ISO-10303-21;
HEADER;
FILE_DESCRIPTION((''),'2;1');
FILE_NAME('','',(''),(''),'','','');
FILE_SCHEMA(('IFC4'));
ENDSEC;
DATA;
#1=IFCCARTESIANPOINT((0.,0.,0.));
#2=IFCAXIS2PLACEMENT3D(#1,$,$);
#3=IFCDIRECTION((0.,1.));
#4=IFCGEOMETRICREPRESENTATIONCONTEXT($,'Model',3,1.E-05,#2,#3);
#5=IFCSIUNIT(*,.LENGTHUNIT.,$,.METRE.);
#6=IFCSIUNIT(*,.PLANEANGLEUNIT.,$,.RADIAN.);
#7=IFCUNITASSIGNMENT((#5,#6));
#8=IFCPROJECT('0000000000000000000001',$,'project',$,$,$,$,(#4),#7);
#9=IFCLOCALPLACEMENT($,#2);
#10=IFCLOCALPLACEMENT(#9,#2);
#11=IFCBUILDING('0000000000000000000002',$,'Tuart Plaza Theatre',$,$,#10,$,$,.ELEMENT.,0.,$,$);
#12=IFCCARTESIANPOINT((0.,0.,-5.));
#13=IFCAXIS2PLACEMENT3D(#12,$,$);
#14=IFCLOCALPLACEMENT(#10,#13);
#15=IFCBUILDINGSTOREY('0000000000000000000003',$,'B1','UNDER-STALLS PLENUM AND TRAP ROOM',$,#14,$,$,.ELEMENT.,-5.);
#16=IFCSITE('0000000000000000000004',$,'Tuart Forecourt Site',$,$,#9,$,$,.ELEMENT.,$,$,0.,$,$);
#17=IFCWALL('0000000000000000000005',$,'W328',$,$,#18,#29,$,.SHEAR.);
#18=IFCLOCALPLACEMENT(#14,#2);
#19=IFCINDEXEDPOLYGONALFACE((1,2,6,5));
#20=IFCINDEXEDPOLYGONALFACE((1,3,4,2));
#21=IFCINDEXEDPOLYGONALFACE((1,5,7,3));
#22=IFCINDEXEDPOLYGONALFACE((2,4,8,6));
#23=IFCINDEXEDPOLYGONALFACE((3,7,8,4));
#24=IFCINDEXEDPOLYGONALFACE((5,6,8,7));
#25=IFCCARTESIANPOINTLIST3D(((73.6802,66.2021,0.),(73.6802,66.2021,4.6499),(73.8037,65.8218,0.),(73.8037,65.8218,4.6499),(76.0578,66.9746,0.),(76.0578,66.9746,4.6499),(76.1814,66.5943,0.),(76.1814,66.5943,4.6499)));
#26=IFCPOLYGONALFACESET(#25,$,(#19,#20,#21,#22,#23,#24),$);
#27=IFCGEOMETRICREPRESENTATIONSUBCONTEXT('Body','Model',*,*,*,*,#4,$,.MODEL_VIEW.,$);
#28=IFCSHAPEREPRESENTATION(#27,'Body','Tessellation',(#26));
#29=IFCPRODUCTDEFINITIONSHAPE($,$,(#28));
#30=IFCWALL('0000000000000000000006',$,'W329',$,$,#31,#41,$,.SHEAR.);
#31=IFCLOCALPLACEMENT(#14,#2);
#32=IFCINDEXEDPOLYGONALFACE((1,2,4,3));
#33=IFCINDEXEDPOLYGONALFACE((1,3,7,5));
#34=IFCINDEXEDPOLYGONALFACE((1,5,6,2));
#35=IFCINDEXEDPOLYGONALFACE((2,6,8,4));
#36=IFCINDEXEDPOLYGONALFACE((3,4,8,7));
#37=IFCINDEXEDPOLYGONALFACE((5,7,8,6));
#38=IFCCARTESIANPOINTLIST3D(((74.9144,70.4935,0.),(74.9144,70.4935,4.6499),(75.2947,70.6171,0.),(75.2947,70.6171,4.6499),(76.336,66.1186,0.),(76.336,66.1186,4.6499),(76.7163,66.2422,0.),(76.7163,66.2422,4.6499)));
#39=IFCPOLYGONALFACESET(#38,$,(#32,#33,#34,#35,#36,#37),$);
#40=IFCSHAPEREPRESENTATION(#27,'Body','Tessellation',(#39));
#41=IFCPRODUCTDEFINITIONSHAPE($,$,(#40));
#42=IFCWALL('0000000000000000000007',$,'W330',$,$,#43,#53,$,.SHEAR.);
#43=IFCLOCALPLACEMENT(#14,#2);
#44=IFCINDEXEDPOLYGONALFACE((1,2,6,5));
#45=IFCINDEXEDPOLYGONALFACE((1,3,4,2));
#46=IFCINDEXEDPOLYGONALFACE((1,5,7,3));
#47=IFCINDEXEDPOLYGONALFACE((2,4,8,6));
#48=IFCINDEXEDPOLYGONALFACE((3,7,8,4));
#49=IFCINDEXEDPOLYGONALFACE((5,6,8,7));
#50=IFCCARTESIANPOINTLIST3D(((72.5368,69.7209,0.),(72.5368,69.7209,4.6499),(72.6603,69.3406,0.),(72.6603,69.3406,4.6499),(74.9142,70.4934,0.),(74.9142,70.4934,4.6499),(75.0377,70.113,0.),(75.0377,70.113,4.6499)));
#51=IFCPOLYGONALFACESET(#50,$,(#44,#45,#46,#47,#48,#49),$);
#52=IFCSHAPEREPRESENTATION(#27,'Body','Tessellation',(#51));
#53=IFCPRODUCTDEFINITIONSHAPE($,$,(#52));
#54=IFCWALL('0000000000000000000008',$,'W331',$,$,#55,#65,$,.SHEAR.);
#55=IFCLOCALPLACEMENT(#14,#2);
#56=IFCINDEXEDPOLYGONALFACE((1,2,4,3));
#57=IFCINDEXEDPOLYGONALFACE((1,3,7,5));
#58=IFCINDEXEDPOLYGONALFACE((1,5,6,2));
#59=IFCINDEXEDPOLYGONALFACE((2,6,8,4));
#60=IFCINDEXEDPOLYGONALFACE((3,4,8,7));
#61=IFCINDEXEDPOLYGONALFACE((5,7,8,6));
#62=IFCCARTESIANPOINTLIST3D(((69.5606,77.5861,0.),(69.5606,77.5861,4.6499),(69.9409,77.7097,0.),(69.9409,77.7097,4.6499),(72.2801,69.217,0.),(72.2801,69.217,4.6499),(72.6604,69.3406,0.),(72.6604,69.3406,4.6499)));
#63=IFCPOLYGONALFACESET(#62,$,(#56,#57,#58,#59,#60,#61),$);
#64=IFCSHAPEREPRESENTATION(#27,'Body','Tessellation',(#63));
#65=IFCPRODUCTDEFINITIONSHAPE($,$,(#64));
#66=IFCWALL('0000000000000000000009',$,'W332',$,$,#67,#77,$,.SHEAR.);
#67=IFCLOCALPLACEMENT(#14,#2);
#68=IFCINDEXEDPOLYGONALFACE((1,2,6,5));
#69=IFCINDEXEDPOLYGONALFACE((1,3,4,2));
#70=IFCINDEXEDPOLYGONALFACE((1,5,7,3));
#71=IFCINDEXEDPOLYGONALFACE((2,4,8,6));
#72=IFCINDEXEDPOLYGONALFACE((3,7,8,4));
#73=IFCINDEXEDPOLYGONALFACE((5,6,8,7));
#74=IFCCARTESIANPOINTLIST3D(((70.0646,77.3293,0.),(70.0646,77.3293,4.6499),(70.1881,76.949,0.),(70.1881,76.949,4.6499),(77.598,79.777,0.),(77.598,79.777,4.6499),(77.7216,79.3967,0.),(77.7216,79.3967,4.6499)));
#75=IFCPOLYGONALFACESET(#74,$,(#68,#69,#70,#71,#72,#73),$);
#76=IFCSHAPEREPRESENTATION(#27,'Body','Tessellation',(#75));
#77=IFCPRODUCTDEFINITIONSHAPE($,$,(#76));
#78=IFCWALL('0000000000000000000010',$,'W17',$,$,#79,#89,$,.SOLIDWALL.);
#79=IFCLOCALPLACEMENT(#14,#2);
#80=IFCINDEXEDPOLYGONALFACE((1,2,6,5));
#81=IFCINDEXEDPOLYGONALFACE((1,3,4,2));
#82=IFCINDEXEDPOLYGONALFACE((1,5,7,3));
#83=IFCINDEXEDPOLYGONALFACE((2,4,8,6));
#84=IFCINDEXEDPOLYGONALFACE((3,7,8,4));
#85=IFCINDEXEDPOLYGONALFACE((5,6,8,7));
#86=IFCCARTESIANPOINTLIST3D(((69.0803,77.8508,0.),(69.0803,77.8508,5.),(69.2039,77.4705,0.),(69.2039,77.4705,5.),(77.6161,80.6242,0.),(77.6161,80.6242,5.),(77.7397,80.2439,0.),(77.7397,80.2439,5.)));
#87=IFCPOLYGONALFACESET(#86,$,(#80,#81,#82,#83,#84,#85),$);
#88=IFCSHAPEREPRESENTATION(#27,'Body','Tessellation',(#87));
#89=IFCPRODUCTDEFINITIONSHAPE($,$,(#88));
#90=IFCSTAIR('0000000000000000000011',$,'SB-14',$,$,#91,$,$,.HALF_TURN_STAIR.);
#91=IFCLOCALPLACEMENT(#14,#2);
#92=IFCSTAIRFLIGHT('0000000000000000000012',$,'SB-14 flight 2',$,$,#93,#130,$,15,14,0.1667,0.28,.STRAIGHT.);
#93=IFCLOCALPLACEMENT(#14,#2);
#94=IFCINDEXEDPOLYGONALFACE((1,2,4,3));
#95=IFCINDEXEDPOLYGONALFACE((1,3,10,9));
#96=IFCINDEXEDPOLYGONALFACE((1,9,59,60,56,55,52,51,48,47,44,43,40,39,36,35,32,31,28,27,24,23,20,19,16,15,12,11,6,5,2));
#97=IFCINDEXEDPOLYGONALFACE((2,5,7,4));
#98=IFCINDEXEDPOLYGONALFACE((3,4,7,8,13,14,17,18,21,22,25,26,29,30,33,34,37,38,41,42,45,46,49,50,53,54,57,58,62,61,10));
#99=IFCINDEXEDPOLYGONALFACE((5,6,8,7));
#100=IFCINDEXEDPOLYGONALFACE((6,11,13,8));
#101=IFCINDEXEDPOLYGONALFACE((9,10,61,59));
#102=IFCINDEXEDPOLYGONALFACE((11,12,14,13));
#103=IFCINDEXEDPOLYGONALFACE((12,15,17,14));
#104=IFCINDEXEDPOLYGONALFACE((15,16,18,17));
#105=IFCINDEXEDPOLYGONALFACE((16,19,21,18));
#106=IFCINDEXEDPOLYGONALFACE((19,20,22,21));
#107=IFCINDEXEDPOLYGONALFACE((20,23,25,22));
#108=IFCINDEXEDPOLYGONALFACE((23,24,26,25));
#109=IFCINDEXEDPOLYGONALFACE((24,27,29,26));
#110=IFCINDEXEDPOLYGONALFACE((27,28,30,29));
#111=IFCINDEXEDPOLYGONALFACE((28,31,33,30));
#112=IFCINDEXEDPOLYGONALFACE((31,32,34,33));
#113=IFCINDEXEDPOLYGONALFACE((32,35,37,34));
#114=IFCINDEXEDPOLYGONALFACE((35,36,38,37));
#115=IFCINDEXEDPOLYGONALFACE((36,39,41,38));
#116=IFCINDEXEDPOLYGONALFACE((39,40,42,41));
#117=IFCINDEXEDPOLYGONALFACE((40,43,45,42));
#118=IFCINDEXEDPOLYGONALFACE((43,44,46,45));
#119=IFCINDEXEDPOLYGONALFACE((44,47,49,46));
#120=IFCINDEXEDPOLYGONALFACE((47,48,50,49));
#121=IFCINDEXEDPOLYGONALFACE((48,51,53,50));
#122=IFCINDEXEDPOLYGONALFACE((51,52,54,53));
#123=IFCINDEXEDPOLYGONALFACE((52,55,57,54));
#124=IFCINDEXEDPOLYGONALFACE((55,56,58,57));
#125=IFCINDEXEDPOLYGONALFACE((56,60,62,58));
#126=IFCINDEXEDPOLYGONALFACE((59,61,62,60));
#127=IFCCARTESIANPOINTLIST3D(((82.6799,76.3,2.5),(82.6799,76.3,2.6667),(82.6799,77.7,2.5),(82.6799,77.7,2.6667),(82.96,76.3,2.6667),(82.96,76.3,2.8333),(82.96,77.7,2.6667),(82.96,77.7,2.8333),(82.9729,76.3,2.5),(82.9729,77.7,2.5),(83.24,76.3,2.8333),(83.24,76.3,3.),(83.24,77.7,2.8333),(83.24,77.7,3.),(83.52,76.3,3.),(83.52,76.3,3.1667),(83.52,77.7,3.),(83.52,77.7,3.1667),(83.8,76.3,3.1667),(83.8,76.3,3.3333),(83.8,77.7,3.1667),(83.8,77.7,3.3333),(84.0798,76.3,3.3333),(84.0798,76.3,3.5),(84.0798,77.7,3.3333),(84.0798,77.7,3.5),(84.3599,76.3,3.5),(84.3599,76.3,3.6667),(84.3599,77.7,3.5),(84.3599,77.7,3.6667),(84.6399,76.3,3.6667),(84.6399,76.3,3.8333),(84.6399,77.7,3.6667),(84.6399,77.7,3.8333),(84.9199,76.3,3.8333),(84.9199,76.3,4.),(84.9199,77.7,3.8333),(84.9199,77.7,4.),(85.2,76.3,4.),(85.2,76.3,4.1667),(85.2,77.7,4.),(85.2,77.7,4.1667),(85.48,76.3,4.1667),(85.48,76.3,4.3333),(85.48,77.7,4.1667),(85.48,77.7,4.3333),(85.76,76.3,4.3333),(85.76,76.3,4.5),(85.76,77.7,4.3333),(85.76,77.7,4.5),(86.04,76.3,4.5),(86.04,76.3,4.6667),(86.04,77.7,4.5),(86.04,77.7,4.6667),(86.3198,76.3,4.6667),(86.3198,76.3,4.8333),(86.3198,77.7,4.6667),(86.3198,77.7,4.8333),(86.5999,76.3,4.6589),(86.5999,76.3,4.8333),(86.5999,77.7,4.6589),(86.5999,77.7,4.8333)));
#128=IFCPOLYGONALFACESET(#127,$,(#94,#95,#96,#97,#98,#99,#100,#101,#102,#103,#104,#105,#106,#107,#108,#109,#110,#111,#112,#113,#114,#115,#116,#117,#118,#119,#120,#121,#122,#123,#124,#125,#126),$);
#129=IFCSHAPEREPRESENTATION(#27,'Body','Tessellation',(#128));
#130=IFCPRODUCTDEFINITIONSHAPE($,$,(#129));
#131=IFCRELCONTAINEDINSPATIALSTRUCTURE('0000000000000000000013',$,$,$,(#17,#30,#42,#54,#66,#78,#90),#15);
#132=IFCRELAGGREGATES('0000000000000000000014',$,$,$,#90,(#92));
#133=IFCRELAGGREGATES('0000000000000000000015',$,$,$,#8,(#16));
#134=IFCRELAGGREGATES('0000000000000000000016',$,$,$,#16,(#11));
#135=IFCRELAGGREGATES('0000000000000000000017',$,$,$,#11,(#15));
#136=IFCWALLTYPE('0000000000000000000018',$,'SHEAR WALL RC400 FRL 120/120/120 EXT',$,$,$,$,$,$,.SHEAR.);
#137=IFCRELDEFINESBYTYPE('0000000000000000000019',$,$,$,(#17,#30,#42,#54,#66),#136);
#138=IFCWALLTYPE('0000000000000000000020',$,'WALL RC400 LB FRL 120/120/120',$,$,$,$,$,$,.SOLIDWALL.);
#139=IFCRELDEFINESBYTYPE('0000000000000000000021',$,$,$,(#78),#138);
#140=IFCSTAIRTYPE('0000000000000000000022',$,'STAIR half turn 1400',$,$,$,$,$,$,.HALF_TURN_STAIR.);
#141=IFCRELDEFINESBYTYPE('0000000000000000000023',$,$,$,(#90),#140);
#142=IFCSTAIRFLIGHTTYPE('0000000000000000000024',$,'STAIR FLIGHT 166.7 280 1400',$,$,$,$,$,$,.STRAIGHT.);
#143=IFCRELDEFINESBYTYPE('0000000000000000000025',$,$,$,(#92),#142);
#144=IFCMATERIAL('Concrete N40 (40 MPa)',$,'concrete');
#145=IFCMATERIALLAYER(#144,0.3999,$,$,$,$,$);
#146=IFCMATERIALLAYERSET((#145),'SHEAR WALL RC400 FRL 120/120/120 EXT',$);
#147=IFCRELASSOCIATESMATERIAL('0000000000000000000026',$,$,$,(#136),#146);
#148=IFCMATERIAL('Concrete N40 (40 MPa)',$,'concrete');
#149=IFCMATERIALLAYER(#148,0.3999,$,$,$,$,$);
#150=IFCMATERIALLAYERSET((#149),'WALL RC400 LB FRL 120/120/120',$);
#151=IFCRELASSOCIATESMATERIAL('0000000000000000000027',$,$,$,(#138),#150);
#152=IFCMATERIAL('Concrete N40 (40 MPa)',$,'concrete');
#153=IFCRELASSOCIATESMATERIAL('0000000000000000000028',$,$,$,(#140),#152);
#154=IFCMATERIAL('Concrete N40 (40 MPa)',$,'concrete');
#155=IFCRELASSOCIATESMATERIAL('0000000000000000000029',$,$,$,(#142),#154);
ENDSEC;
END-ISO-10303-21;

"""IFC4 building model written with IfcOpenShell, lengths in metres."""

from ifc_helpers import new_model, si_unit, direction, frame, frame_2d, origin, place, context, subcontext, project, spatial, polyline, rectangle, outline, extrude, material, layer, layer_set, type_object, element, aggregate, save


model = new_model("IFC4")

# Units and contexts
model_context = context("Model", 3, precision=1e-05, world=origin(), true_north=direction((0.0, 1.0)))
body_context = subcontext(model_context, "Body", "Model", "MODEL_VIEW")
ifc_project = project(units=[si_unit("LENGTHUNIT", "METRE"), si_unit("PLANEANGLEUNIT", "RADIAN")], contexts=[model_context])

# Site, building, storey
site_placement = place(None, origin())
site = spatial("IfcSite", under=ifc_project, at=site_placement, Name="Tuart Forecourt Site", CompositionType="ELEMENT", RefElevation=0.0)
building_placement = place(site_placement, origin())
building = spatial("IfcBuilding", under=site, at=building_placement, Name="Tuart Plaza Theatre", CompositionType="ELEMENT", ElevationOfRefHeight=0.0)
storey_placement = place(building_placement, frame((0.0, 0.0, -5.0)))
storey = spatial("IfcBuildingStorey", under=building, at=storey_placement, Name="B1", Description="UNDER-STALLS PLENUM AND TRAP ROOM", CompositionType="ELEMENT", Elevation=-5.0)

# Walls
ifc_material_1 = material(Name="Concrete N40 (40 MPa)", Category="concrete")
ifc_layer_1 = layer(ifc_material_1, 0.3999)
ifc_layer_set_1 = layer_set([ifc_layer_1], Name="SHEAR WALL RC400 FRL 120/120/120 EXT")
wall_type_1 = type_object("IfcWallType", Name="SHEAR WALL RC400 FRL 120/120/120 EXT", PredefinedType="SHEAR", material=ifc_layer_set_1)
wall_1_placement = place(storey_placement, frame((73.7419, 66.012, 0.0), z_axis=(0.0, 0.0, 1.0), x_axis=(0.951068, 0.308982, 0.0)))
element("IfcWall", 1, at=wall_1_placement, inside=storey, type_object=wall_type_1, Name="W328", PredefinedType="SHEAR", context=body_context, shape_type="SweptSolid", body=[
    extrude(rectangle(XDim=2.5, YDim=0.3999, at=frame_2d((1.25, 0.0))), origin(), (0.0, 0.0, 1.0), 4.6499),
])
wall_2_placement = place(storey_placement, frame((76.5261, 66.1804, 0.0), z_axis=(0.0, 0.0, 1.0), x_axis=(-0.309038, 0.95105, 0.0)))
element("IfcWall", 2, at=wall_2_placement, inside=storey, type_object=wall_type_1, Name="W329", PredefinedType="SHEAR", context=body_context, shape_type="SweptSolid", body=[
    extrude(rectangle(XDim=4.6001, YDim=0.3999, at=frame_2d((2.3, 0.0))), origin(), (0.0, 0.0, 1.0), 4.6499),
])
wall_3_placement = place(storey_placement, frame((74.9761, 70.3032, 0.0), z_axis=(0.0, 0.0, 1.0), x_axis=(-0.951058, -0.309011, 0.0)))
element("IfcWall", 3, at=wall_3_placement, inside=storey, type_object=wall_type_1, Name="W330", PredefinedType="SHEAR", context=body_context, shape_type="SweptSolid", body=[
    extrude(rectangle(XDim=2.4998, YDim=0.3999, at=frame_2d((1.25, 0.0))), origin(), (0.0, 0.0, 1.0), 4.6499),
])
wall_4_placement = place(storey_placement, frame((72.4702, 69.2788, 0.0), z_axis=(0.0, 0.0, 1.0), x_axis=(-0.309036, 0.95105, 0.0)))
element("IfcWall", 4, at=wall_4_placement, inside=storey, type_object=wall_type_1, Name="W331", PredefinedType="SHEAR", context=body_context, shape_type="SweptSolid", body=[
    extrude(rectangle(XDim=8.7998, YDim=0.3999, at=frame_2d((4.3999, 0.0))), origin(), (0.0, 0.0, 1.0), 4.6499),
])
wall_5_placement = place(storey_placement, frame((70.1265, 77.1392, 0.0), z_axis=(0.0, 0.0, 1.0), x_axis=(0.951057, 0.309016, 0.0)))
element("IfcWall", 5, at=wall_5_placement, inside=storey, type_object=wall_type_1, Name="W332", PredefinedType="SHEAR", context=body_context, shape_type="SweptSolid", body=[
    extrude(rectangle(XDim=7.9211, YDim=0.3999, at=frame_2d((3.9604, 0.0))), origin(), (0.0, 0.0, 1.0), 4.6499),
])
ifc_material_2 = material(Name="Concrete N40 (40 MPa)", Category="concrete")
ifc_layer_2 = layer(ifc_material_2, 0.3999)
ifc_layer_set_2 = layer_set([ifc_layer_2], Name="WALL RC400 LB FRL 120/120/120")
wall_type_2 = type_object("IfcWallType", Name="WALL RC400 LB FRL 120/120/120", PredefinedType="SOLIDWALL", material=ifc_layer_set_2)
wall_6_placement = place(storey_placement, frame((69.1421, 77.6606, 0.0), z_axis=(0.0, 0.0, 1.0), x_axis=(0.951058, 0.309013, 0.0)))
element("IfcWall", 6, at=wall_6_placement, inside=storey, type_object=wall_type_2, Name="W17", PredefinedType="SOLIDWALL", context=body_context, shape_type="SweptSolid", body=[
    extrude(rectangle(XDim=8.9751, YDim=0.3999, at=frame_2d((4.4875, 0.0))), origin(), (0.0, 0.0, 1.0), 5.0),
])

# Stair, stair flight
ifc_material_3 = material(Name="Concrete N40 (40 MPa)", Category="concrete")
stair_type = type_object("IfcStairType", Name="STAIR half turn 1400", PredefinedType="HALF_TURN_STAIR", material=ifc_material_3)
stair_placement = place(storey_placement, origin())
stair = element("IfcStair", 7, at=stair_placement, inside=storey, type_object=stair_type, Name="SB-14", PredefinedType="HALF_TURN_STAIR")
ifc_material_4 = material(Name="Concrete N40 (40 MPa)", Category="concrete")
stair_flight_type = type_object("IfcStairFlightType", Name="STAIR FLIGHT 166.7 280 1400", PredefinedType="STRAIGHT", material=ifc_material_4)
stair_flight_placement = place(storey_placement, frame((82.6799, 77.0, 2.5), z_axis=(0.0, 0.0, 1.0), x_axis=(1.0, 0.0, 0.0)))
stair_flight = element("IfcStairFlight", 8, at=stair_flight_placement, type_object=stair_flight_type, Name="SB-14 flight 2", NumberOfRisers=15, NumberOfTreads=14, PredefinedType="STRAIGHT", RiserHeight=0.1667, TreadLength=0.28, context=body_context, shape_type="SweptSolid", body=[
    extrude(outline(polyline([(0.0, 0.0), (0.0, 0.1667), (0.28, 0.1667), (0.28, 0.3333), (0.5601, 0.3333), (0.5601, 0.5), (0.8401, 0.5), (0.8401, 0.6667), (1.1201, 0.6667), (1.1201, 0.8333), (1.3999, 0.8333), (1.3999, 1.0), (1.6799, 1.0), (1.6799, 1.1667), (1.96, 1.1667), (1.96, 1.3333), (2.24, 1.3333), (2.24, 1.5), (2.52, 1.5), (2.52, 1.6667), (2.8, 1.6667), (2.8, 1.8333), (3.0801, 1.8333), (3.0801, 2.0), (3.3601, 2.0), (3.3601, 2.1667), (3.6399, 2.1667), (3.6399, 2.3333), (3.9199, 2.3333), (3.9199, 2.5), (3.9199, 2.1589), (0.293, 0.0), (0.0, 0.0)])), frame((0.0, 0.7, 0.0), z_axis=(0.0, -1.0, 0.0), x_axis=(1.0, 0.0, 0.0)), (0.0, 0.0, 1.0), 1.3999),
])
aggregate(stair, [stair_flight])

save(model, "model.ifc")
